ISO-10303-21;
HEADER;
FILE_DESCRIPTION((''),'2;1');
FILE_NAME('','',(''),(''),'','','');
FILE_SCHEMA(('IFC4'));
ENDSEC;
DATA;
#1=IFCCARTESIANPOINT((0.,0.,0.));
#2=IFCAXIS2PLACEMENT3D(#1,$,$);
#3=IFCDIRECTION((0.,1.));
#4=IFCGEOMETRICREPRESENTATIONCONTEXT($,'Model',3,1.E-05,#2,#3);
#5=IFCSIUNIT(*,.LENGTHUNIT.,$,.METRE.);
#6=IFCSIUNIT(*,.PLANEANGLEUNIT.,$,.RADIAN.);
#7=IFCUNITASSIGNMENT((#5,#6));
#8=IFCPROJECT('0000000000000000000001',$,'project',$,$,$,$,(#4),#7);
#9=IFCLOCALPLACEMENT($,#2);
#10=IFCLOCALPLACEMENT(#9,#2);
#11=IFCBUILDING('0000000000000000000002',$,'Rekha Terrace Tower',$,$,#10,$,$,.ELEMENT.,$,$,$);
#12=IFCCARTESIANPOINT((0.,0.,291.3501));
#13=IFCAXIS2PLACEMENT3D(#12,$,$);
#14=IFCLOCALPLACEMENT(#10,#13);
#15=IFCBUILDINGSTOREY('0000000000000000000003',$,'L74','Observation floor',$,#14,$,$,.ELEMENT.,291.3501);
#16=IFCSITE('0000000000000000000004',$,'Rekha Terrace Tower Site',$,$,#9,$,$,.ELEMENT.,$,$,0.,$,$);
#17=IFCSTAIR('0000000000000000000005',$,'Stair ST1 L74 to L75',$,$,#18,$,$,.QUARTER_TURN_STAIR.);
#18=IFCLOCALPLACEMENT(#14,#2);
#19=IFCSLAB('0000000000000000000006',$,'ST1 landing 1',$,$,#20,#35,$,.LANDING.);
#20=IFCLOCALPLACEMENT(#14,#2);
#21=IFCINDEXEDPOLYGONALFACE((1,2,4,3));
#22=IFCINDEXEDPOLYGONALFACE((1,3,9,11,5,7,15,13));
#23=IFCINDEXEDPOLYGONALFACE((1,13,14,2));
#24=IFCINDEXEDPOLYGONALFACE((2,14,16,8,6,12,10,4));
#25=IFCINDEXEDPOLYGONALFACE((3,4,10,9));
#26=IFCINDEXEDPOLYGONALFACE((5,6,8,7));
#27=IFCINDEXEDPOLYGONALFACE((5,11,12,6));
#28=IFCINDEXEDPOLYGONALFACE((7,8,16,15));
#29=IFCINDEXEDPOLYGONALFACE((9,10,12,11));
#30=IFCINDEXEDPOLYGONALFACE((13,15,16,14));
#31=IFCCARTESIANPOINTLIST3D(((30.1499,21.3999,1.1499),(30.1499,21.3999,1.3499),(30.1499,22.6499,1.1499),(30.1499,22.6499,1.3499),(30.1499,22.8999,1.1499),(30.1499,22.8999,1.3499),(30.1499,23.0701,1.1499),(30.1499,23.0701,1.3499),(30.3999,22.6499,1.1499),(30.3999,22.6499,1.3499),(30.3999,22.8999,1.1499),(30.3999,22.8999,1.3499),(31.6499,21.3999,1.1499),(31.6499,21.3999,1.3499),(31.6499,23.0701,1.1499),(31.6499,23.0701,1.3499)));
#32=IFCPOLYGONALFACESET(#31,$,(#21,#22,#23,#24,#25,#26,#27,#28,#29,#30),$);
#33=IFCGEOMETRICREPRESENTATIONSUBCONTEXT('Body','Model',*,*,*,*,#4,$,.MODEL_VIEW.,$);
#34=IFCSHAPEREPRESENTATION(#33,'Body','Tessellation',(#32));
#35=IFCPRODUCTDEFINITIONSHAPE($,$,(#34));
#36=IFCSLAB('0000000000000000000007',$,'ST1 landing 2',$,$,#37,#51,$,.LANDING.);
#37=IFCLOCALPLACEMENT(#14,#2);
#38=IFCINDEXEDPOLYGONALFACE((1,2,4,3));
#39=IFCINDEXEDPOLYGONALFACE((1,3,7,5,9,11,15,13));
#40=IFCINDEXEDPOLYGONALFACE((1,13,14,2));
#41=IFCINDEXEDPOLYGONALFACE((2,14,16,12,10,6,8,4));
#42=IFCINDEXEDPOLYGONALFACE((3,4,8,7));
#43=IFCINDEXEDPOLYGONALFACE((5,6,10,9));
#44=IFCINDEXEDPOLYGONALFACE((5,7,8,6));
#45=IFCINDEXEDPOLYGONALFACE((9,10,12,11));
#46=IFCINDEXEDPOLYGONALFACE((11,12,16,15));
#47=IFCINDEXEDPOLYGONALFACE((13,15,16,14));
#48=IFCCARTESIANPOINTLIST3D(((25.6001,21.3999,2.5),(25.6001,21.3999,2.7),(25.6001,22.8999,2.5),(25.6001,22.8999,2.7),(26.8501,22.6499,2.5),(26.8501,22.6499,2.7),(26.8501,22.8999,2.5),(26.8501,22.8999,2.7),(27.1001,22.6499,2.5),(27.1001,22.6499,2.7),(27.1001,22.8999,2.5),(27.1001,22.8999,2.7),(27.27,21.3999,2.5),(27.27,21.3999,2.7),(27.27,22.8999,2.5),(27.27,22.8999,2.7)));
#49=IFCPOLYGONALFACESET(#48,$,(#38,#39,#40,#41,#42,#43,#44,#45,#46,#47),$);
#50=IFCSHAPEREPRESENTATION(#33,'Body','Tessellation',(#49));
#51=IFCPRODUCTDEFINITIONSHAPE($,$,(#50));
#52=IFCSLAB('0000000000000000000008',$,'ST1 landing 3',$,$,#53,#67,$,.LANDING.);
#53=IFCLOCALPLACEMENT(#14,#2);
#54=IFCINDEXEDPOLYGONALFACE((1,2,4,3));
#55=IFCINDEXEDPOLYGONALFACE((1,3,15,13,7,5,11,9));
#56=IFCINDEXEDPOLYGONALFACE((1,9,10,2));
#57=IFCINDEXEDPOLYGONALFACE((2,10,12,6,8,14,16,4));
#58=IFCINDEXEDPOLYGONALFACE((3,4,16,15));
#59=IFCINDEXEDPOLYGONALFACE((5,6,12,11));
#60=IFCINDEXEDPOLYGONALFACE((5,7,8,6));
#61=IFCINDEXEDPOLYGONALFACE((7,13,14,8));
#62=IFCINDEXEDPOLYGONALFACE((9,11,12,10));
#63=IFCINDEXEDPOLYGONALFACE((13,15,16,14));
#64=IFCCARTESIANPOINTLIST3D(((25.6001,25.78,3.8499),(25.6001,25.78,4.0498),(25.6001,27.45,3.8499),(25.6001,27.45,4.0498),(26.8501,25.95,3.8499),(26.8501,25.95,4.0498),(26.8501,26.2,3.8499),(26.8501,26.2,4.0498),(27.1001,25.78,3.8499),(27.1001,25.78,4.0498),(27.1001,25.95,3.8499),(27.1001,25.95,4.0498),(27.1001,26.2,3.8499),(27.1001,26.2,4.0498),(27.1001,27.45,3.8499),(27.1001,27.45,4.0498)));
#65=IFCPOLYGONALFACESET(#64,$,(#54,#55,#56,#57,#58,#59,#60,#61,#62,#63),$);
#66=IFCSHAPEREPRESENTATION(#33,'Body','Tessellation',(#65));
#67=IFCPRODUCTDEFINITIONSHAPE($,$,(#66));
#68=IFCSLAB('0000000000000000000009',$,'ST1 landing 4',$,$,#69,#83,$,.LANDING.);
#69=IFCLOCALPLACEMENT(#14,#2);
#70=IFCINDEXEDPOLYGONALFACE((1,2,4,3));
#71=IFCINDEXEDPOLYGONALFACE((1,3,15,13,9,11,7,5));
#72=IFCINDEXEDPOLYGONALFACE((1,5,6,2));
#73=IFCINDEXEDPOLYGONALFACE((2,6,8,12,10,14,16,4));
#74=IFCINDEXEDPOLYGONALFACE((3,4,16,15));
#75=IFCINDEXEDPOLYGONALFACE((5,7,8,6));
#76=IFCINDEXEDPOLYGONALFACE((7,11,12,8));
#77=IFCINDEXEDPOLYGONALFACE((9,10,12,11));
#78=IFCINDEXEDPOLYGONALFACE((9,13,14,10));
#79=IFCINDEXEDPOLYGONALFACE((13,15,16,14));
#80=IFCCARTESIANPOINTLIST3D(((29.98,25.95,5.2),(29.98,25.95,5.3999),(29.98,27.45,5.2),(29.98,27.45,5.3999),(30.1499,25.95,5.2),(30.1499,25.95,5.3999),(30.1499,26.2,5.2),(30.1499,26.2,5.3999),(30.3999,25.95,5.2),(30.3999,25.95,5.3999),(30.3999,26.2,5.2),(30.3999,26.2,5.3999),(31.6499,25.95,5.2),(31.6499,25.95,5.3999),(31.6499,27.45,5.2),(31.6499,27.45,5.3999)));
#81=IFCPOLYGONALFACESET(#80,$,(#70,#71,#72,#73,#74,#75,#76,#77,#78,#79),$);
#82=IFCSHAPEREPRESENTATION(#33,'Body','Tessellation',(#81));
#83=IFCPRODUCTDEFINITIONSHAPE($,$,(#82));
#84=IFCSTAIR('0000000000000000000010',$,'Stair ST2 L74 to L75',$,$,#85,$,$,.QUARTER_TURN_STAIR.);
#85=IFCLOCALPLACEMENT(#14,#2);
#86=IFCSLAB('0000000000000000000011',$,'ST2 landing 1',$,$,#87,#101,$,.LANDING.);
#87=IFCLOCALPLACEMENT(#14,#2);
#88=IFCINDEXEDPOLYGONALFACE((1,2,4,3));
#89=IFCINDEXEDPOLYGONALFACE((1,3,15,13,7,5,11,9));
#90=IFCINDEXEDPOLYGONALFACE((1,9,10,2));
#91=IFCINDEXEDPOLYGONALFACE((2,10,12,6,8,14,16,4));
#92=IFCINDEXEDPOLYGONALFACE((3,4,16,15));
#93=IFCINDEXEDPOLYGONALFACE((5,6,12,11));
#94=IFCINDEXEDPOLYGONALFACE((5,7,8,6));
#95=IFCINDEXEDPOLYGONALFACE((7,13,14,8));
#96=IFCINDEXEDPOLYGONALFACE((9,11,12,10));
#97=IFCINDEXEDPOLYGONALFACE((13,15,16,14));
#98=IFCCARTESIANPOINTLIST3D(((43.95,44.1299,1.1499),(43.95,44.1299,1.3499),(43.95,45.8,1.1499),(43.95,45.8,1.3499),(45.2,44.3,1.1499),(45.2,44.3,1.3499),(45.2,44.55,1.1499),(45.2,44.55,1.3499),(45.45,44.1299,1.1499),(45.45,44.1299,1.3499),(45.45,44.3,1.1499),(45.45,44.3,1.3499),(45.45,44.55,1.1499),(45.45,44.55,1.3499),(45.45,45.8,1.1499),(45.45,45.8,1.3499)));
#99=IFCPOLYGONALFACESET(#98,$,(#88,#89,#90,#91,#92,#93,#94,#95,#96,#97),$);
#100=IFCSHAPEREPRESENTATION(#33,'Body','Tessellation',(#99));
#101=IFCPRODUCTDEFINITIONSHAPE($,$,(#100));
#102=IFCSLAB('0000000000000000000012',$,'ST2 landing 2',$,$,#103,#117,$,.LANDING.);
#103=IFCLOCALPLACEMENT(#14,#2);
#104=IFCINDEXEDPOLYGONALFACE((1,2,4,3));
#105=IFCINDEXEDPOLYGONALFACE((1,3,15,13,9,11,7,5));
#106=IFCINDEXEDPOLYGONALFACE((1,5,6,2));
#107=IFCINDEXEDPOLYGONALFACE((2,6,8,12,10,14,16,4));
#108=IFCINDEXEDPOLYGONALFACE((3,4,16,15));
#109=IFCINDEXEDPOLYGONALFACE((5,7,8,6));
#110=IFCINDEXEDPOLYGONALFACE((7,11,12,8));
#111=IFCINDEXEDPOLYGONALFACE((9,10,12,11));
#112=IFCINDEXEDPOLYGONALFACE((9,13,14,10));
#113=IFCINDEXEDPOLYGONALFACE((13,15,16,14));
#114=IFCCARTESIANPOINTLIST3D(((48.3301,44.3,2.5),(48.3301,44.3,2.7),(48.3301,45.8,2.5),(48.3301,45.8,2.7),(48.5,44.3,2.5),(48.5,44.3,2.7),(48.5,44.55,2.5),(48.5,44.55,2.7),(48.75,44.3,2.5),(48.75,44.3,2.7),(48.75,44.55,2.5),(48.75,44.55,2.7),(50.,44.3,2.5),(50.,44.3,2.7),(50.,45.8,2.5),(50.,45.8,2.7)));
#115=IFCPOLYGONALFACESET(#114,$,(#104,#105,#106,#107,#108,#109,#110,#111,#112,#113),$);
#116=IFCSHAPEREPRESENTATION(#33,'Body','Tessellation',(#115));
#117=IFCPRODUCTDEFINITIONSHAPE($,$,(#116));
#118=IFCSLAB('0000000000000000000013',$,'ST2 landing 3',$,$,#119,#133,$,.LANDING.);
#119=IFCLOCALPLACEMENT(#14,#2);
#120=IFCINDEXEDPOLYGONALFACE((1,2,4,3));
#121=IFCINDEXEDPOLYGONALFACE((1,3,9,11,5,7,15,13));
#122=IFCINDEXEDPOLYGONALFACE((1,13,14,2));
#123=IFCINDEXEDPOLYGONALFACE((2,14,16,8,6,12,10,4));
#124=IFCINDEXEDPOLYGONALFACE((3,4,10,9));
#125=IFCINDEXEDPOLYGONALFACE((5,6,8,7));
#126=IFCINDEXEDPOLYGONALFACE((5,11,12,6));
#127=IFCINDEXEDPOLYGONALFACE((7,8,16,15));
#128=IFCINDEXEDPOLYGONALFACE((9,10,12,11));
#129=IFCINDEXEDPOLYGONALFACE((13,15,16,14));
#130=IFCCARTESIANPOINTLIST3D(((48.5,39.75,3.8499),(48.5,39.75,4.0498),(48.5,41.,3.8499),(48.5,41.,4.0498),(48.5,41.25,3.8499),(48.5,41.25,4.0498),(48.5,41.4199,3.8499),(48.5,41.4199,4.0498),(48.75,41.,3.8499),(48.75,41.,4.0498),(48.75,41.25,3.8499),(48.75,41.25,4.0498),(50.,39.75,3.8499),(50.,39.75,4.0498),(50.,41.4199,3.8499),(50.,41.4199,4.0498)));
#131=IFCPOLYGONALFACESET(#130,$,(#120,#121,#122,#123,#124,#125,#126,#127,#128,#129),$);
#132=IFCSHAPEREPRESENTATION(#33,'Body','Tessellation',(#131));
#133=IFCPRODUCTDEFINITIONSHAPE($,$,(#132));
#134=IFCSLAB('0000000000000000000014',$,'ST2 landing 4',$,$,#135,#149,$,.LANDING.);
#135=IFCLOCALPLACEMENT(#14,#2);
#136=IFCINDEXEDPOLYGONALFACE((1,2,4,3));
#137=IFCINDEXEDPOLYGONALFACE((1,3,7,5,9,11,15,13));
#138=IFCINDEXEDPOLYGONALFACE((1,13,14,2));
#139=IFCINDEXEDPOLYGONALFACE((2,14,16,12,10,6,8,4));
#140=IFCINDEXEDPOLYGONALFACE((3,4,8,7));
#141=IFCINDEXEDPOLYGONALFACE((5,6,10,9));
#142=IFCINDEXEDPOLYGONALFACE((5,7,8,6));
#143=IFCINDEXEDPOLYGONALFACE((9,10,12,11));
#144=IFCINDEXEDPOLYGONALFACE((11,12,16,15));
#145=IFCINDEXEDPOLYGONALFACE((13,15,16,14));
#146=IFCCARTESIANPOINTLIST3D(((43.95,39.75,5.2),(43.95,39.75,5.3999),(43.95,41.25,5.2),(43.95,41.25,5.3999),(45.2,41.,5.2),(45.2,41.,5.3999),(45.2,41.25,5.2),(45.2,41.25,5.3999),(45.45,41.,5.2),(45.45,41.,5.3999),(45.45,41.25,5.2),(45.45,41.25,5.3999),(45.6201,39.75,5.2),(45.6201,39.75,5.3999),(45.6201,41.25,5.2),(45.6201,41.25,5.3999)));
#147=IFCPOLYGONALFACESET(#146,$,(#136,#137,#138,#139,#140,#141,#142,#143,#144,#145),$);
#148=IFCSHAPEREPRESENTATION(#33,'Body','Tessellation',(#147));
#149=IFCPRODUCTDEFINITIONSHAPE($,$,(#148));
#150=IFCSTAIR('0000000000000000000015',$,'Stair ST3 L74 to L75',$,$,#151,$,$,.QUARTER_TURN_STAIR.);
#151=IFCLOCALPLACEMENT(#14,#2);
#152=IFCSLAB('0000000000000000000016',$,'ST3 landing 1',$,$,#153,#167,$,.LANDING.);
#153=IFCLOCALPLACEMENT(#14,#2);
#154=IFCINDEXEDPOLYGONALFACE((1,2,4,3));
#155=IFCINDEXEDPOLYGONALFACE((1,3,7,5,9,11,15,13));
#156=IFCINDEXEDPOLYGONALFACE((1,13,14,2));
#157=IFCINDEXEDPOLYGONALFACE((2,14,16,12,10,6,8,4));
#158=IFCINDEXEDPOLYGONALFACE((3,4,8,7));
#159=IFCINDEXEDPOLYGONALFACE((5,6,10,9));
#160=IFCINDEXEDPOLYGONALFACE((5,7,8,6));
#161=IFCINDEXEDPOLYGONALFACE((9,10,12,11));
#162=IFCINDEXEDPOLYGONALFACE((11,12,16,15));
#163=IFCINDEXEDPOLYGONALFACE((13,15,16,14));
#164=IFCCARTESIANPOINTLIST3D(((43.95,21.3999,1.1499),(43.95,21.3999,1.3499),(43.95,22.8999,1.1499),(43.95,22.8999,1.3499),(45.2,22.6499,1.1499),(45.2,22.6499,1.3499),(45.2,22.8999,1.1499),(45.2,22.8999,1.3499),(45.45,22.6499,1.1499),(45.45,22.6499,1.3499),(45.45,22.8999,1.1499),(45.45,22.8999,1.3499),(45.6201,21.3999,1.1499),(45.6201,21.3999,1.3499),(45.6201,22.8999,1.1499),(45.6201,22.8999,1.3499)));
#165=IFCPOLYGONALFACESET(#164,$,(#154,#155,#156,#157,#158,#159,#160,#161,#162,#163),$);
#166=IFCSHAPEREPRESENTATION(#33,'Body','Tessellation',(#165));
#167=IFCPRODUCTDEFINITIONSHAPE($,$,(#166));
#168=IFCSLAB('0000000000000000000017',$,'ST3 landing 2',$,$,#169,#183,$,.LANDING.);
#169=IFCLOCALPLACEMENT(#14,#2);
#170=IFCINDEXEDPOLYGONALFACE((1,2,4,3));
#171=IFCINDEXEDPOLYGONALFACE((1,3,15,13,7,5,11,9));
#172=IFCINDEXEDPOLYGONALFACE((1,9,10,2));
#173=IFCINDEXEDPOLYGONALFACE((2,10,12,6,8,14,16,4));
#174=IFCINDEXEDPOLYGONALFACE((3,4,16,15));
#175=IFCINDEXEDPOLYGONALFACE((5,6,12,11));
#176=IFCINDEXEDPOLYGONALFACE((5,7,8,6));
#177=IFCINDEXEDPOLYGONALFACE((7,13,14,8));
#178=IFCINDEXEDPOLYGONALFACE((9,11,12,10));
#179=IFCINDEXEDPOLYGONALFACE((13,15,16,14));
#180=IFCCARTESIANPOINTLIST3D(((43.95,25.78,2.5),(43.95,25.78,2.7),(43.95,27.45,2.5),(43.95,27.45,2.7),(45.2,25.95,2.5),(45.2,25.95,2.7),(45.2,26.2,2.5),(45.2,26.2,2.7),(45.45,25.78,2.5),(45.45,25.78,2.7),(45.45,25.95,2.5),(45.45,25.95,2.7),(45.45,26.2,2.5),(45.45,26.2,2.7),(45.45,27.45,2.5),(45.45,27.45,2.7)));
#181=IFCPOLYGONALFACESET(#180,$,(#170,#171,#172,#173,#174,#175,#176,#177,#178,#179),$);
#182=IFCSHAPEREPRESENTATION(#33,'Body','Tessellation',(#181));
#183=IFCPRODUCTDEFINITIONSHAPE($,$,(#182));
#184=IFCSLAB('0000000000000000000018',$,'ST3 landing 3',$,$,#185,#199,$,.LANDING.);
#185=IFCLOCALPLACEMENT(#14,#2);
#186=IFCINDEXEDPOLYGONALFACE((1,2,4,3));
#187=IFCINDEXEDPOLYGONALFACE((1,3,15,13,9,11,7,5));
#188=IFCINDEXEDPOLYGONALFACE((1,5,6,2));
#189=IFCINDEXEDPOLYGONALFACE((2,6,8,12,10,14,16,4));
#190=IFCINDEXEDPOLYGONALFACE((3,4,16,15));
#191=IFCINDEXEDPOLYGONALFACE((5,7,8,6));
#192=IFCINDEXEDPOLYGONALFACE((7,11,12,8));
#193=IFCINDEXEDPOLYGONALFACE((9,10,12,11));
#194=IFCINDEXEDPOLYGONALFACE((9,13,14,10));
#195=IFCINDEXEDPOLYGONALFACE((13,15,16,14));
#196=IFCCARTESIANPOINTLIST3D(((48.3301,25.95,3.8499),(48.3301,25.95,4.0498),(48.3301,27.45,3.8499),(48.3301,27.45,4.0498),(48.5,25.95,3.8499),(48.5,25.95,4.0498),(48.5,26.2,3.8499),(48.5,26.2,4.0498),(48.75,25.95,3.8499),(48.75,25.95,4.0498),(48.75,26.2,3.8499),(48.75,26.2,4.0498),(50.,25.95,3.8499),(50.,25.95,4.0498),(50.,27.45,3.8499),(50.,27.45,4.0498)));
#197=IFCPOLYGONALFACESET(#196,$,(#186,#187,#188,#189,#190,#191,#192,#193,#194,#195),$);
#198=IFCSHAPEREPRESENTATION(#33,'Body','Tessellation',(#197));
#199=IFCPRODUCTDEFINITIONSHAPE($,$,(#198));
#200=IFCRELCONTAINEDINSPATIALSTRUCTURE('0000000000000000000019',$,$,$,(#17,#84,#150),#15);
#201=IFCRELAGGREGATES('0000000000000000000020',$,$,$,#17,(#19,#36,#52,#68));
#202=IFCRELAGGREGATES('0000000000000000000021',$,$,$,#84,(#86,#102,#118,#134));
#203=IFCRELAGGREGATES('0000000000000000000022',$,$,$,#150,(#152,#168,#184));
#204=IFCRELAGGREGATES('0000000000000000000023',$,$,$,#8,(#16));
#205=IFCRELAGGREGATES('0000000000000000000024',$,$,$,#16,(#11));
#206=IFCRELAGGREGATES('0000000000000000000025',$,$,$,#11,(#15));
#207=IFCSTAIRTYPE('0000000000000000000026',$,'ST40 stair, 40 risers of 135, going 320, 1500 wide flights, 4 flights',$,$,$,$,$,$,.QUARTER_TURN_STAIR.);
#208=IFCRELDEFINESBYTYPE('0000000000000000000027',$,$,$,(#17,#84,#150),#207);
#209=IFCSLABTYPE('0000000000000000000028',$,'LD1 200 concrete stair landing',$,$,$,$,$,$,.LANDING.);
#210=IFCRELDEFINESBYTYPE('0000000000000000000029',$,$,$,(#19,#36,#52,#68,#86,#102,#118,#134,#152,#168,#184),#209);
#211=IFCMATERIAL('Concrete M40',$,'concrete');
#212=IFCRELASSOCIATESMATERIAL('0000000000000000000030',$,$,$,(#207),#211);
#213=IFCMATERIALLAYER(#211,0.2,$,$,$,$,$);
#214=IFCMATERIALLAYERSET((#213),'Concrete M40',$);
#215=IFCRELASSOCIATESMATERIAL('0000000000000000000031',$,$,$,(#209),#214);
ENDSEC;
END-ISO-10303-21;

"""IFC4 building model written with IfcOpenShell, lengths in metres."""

from ifc_helpers import new_model, si_unit, direction, frame, origin, place, context, subcontext, project, spatial, polyline, outline, extrude, material, layer, layer_set, type_object, element, aggregate, save


model = new_model("IFC4")

# Units and contexts
model_context = context("Model", 3, precision=1e-05, world=origin(), true_north=direction((0.0, 1.0)))
body_context = subcontext(model_context, "Body", "Model", "MODEL_VIEW")
ifc_project = project(units=[si_unit("LENGTHUNIT", "METRE"), si_unit("PLANEANGLEUNIT", "RADIAN")], contexts=[model_context])

# Site, building, storey
site_placement = place(None, origin())
site = spatial("IfcSite", under=ifc_project, at=site_placement, Name="Rekha Terrace Tower Site", CompositionType="ELEMENT", RefElevation=0.0)
building_placement = place(site_placement, origin())
building = spatial("IfcBuilding", under=site, at=building_placement, Name="Rekha Terrace Tower", CompositionType="ELEMENT")
storey_placement = place(building_placement, frame((0.0, 0.0, 291.3501)))
storey = spatial("IfcBuildingStorey", under=building, at=storey_placement, Name="L74", Description="Observation floor", CompositionType="ELEMENT", Elevation=291.3501)

# Stairs, slabs
ifc_material_1 = material(Name="Concrete M40", Category="concrete")
stair_type = type_object("IfcStairType", Name="ST40 stair, 40 risers of 135, going 320, 1500 wide flights, 4 flights", PredefinedType="QUARTER_TURN_STAIR", material=ifc_material_1)
stair_1_placement = place(storey_placement, origin())
stair_1 = element("IfcStair", 1, at=stair_1_placement, inside=storey, type_object=stair_type, Name="Stair ST1 L74 to L75", PredefinedType="QUARTER_TURN_STAIR")
ifc_layer_1 = layer(ifc_material_1, 0.2)
ifc_layer_set_1 = layer_set([ifc_layer_1], Name="Concrete M40")
slab_type_1 = type_object("IfcSlabType", Name="LD1 200 concrete stair landing", PredefinedType="LANDING", material=ifc_layer_set_1)
slab_1_placement = place(storey_placement, frame((0.0, 0.0, 1.1499)))
slab_1 = element("IfcSlab", 2, at=slab_1_placement, type_object=slab_type_1, Name="ST1 landing 1", PredefinedType="LANDING", context=body_context, shape_type="SweptSolid", body=[
    extrude(outline(polyline([(30.1499, 21.3999), (31.6499, 21.3999), (31.6499, 23.0701), (30.1499, 23.0701), (30.1499, 22.8999), (30.3999, 22.8999), (30.3999, 22.6499), (30.1499, 22.6499), (30.1499, 21.3999)])), origin(), (0.0, 0.0, 1.0), 0.2),
])
slab_2_placement = place(storey_placement, frame((0.0, 0.0, 2.5)))
slab_2 = element("IfcSlab", 3, at=slab_2_placement, type_object=slab_type_1, Name="ST1 landing 2", PredefinedType="LANDING", context=body_context, shape_type="SweptSolid", body=[
    extrude(outline(polyline([(25.6001, 22.8999), (25.6001, 21.3999), (27.27, 21.3999), (27.27, 22.8999), (27.1001, 22.8999), (27.1001, 22.6499), (26.8501, 22.6499), (26.8501, 22.8999), (25.6001, 22.8999)])), origin(), (0.0, 0.0, 1.0), 0.2),
])
slab_3_placement = place(storey_placement, frame((0.0, 0.0, 3.8499)))
slab_3 = element("IfcSlab", 4, at=slab_3_placement, type_object=slab_type_1, Name="ST1 landing 3", PredefinedType="LANDING", context=body_context, shape_type="SweptSolid", body=[
    extrude(outline(polyline([(27.1001, 27.45), (25.6001, 27.45), (25.6001, 25.78), (27.1001, 25.78), (27.1001, 25.95), (26.8501, 25.95), (26.8501, 26.2), (27.1001, 26.2), (27.1001, 27.45)])), origin(), (0.0, 0.0, 1.0), 0.2),
])
slab_4_placement = place(storey_placement, frame((0.0, 0.0, 5.2)))
slab_4 = element("IfcSlab", 5, at=slab_4_placement, type_object=slab_type_1, Name="ST1 landing 4", PredefinedType="LANDING", context=body_context, shape_type="SweptSolid", body=[
    extrude(outline(polyline([(31.6499, 25.95), (31.6499, 27.45), (29.98, 27.45), (29.98, 25.95), (30.1499, 25.95), (30.1499, 26.2), (30.3999, 26.2), (30.3999, 25.95), (31.6499, 25.95)])), origin(), (0.0, 0.0, 1.0), 0.2),
])
aggregate(stair_1, [slab_1, slab_2, slab_3, slab_4])
stair_2_placement = place(storey_placement, origin())
stair_2 = element("IfcStair", 6, at=stair_2_placement, inside=storey, type_object=stair_type, Name="Stair ST2 L74 to L75", PredefinedType="QUARTER_TURN_STAIR")
slab_5_placement = place(storey_placement, frame((0.0, 0.0, 1.1499)))
slab_5 = element("IfcSlab", 7, at=slab_5_placement, type_object=slab_type_1, Name="ST2 landing 1", PredefinedType="LANDING", context=body_context, shape_type="SweptSolid", body=[
    extrude(outline(polyline([(45.45, 45.8), (43.95, 45.8), (43.95, 44.1299), (45.45, 44.1299), (45.45, 44.3), (45.2, 44.3), (45.2, 44.55), (45.45, 44.55), (45.45, 45.8)])), origin(), (0.0, 0.0, 1.0), 0.2),
])
slab_6_placement = place(storey_placement, frame((0.0, 0.0, 2.5)))
slab_6 = element("IfcSlab", 8, at=slab_6_placement, type_object=slab_type_1, Name="ST2 landing 2", PredefinedType="LANDING", context=body_context, shape_type="SweptSolid", body=[
    extrude(outline(polyline([(50.0, 44.3), (50.0, 45.8), (48.3301, 45.8), (48.3301, 44.3), (48.5, 44.3), (48.5, 44.55), (48.75, 44.55), (48.75, 44.3), (50.0, 44.3)])), origin(), (0.0, 0.0, 1.0), 0.2),
])
slab_7_placement = place(storey_placement, frame((0.0, 0.0, 3.8499)))
slab_7 = element("IfcSlab", 9, at=slab_7_placement, type_object=slab_type_1, Name="ST2 landing 3", PredefinedType="LANDING", context=body_context, shape_type="SweptSolid", body=[
    extrude(outline(polyline([(48.5, 39.75), (50.0, 39.75), (50.0, 41.4199), (48.5, 41.4199), (48.5, 41.25), (48.75, 41.25), (48.75, 41.0), (48.5, 41.0), (48.5, 39.75)])), origin(), (0.0, 0.0, 1.0), 0.2),
])
slab_8_placement = place(storey_placement, frame((0.0, 0.0, 5.2)))
slab_8 = element("IfcSlab", 10, at=slab_8_placement, type_object=slab_type_1, Name="ST2 landing 4", PredefinedType="LANDING", context=body_context, shape_type="SweptSolid", body=[
    extrude(outline(polyline([(43.95, 41.25), (43.95, 39.75), (45.6201, 39.75), (45.6201, 41.25), (45.45, 41.25), (45.45, 41.0), (45.2, 41.0), (45.2, 41.25), (43.95, 41.25)])), origin(), (0.0, 0.0, 1.0), 0.2),
])
aggregate(stair_2, [slab_5, slab_6, slab_7, slab_8])
stair_3_placement = place(storey_placement, origin())
stair_3 = element("IfcStair", 11, at=stair_3_placement, inside=storey, type_object=stair_type, Name="Stair ST3 L74 to L75", PredefinedType="QUARTER_TURN_STAIR")
slab_9_placement = place(storey_placement, frame((0.0, 0.0, 1.1499)))
slab_9 = element("IfcSlab", 12, at=slab_9_placement, type_object=slab_type_1, Name="ST3 landing 1", PredefinedType="LANDING", context=body_context, shape_type="SweptSolid", body=[
    extrude(outline(polyline([(43.95, 22.8999), (43.95, 21.3999), (45.6201, 21.3999), (45.6201, 22.8999), (45.45, 22.8999), (45.45, 22.6499), (45.2, 22.6499), (45.2, 22.8999), (43.95, 22.8999)])), origin(), (0.0, 0.0, 1.0), 0.2),
])
slab_10_placement = place(storey_placement, frame((0.0, 0.0, 2.5)))
slab_10 = element("IfcSlab", 13, at=slab_10_placement, type_object=slab_type_1, Name="ST3 landing 2", PredefinedType="LANDING", context=body_context, shape_type="SweptSolid", body=[
    extrude(outline(polyline([(45.45, 27.45), (43.95, 27.45), (43.95, 25.78), (45.45, 25.78), (45.45, 25.95), (45.2, 25.95), (45.2, 26.2), (45.45, 26.2), (45.45, 27.45)])), origin(), (0.0, 0.0, 1.0), 0.2),
])
slab_11_placement = place(storey_placement, frame((0.0, 0.0, 3.8499)))
slab_11 = element("IfcSlab", 14, at=slab_11_placement, type_object=slab_type_1, Name="ST3 landing 3", PredefinedType="LANDING", context=body_context, shape_type="SweptSolid", body=[
    extrude(outline(polyline([(50.0, 25.95), (50.0, 27.45), (48.3301, 27.45), (48.3301, 25.95), (48.5, 25.95), (48.5, 26.2), (48.75, 26.2), (48.75, 25.95), (50.0, 25.95)])), origin(), (0.0, 0.0, 1.0), 0.2),
])
aggregate(stair_3, [slab_9, slab_10, slab_11])

save(model, "model.ifc")
